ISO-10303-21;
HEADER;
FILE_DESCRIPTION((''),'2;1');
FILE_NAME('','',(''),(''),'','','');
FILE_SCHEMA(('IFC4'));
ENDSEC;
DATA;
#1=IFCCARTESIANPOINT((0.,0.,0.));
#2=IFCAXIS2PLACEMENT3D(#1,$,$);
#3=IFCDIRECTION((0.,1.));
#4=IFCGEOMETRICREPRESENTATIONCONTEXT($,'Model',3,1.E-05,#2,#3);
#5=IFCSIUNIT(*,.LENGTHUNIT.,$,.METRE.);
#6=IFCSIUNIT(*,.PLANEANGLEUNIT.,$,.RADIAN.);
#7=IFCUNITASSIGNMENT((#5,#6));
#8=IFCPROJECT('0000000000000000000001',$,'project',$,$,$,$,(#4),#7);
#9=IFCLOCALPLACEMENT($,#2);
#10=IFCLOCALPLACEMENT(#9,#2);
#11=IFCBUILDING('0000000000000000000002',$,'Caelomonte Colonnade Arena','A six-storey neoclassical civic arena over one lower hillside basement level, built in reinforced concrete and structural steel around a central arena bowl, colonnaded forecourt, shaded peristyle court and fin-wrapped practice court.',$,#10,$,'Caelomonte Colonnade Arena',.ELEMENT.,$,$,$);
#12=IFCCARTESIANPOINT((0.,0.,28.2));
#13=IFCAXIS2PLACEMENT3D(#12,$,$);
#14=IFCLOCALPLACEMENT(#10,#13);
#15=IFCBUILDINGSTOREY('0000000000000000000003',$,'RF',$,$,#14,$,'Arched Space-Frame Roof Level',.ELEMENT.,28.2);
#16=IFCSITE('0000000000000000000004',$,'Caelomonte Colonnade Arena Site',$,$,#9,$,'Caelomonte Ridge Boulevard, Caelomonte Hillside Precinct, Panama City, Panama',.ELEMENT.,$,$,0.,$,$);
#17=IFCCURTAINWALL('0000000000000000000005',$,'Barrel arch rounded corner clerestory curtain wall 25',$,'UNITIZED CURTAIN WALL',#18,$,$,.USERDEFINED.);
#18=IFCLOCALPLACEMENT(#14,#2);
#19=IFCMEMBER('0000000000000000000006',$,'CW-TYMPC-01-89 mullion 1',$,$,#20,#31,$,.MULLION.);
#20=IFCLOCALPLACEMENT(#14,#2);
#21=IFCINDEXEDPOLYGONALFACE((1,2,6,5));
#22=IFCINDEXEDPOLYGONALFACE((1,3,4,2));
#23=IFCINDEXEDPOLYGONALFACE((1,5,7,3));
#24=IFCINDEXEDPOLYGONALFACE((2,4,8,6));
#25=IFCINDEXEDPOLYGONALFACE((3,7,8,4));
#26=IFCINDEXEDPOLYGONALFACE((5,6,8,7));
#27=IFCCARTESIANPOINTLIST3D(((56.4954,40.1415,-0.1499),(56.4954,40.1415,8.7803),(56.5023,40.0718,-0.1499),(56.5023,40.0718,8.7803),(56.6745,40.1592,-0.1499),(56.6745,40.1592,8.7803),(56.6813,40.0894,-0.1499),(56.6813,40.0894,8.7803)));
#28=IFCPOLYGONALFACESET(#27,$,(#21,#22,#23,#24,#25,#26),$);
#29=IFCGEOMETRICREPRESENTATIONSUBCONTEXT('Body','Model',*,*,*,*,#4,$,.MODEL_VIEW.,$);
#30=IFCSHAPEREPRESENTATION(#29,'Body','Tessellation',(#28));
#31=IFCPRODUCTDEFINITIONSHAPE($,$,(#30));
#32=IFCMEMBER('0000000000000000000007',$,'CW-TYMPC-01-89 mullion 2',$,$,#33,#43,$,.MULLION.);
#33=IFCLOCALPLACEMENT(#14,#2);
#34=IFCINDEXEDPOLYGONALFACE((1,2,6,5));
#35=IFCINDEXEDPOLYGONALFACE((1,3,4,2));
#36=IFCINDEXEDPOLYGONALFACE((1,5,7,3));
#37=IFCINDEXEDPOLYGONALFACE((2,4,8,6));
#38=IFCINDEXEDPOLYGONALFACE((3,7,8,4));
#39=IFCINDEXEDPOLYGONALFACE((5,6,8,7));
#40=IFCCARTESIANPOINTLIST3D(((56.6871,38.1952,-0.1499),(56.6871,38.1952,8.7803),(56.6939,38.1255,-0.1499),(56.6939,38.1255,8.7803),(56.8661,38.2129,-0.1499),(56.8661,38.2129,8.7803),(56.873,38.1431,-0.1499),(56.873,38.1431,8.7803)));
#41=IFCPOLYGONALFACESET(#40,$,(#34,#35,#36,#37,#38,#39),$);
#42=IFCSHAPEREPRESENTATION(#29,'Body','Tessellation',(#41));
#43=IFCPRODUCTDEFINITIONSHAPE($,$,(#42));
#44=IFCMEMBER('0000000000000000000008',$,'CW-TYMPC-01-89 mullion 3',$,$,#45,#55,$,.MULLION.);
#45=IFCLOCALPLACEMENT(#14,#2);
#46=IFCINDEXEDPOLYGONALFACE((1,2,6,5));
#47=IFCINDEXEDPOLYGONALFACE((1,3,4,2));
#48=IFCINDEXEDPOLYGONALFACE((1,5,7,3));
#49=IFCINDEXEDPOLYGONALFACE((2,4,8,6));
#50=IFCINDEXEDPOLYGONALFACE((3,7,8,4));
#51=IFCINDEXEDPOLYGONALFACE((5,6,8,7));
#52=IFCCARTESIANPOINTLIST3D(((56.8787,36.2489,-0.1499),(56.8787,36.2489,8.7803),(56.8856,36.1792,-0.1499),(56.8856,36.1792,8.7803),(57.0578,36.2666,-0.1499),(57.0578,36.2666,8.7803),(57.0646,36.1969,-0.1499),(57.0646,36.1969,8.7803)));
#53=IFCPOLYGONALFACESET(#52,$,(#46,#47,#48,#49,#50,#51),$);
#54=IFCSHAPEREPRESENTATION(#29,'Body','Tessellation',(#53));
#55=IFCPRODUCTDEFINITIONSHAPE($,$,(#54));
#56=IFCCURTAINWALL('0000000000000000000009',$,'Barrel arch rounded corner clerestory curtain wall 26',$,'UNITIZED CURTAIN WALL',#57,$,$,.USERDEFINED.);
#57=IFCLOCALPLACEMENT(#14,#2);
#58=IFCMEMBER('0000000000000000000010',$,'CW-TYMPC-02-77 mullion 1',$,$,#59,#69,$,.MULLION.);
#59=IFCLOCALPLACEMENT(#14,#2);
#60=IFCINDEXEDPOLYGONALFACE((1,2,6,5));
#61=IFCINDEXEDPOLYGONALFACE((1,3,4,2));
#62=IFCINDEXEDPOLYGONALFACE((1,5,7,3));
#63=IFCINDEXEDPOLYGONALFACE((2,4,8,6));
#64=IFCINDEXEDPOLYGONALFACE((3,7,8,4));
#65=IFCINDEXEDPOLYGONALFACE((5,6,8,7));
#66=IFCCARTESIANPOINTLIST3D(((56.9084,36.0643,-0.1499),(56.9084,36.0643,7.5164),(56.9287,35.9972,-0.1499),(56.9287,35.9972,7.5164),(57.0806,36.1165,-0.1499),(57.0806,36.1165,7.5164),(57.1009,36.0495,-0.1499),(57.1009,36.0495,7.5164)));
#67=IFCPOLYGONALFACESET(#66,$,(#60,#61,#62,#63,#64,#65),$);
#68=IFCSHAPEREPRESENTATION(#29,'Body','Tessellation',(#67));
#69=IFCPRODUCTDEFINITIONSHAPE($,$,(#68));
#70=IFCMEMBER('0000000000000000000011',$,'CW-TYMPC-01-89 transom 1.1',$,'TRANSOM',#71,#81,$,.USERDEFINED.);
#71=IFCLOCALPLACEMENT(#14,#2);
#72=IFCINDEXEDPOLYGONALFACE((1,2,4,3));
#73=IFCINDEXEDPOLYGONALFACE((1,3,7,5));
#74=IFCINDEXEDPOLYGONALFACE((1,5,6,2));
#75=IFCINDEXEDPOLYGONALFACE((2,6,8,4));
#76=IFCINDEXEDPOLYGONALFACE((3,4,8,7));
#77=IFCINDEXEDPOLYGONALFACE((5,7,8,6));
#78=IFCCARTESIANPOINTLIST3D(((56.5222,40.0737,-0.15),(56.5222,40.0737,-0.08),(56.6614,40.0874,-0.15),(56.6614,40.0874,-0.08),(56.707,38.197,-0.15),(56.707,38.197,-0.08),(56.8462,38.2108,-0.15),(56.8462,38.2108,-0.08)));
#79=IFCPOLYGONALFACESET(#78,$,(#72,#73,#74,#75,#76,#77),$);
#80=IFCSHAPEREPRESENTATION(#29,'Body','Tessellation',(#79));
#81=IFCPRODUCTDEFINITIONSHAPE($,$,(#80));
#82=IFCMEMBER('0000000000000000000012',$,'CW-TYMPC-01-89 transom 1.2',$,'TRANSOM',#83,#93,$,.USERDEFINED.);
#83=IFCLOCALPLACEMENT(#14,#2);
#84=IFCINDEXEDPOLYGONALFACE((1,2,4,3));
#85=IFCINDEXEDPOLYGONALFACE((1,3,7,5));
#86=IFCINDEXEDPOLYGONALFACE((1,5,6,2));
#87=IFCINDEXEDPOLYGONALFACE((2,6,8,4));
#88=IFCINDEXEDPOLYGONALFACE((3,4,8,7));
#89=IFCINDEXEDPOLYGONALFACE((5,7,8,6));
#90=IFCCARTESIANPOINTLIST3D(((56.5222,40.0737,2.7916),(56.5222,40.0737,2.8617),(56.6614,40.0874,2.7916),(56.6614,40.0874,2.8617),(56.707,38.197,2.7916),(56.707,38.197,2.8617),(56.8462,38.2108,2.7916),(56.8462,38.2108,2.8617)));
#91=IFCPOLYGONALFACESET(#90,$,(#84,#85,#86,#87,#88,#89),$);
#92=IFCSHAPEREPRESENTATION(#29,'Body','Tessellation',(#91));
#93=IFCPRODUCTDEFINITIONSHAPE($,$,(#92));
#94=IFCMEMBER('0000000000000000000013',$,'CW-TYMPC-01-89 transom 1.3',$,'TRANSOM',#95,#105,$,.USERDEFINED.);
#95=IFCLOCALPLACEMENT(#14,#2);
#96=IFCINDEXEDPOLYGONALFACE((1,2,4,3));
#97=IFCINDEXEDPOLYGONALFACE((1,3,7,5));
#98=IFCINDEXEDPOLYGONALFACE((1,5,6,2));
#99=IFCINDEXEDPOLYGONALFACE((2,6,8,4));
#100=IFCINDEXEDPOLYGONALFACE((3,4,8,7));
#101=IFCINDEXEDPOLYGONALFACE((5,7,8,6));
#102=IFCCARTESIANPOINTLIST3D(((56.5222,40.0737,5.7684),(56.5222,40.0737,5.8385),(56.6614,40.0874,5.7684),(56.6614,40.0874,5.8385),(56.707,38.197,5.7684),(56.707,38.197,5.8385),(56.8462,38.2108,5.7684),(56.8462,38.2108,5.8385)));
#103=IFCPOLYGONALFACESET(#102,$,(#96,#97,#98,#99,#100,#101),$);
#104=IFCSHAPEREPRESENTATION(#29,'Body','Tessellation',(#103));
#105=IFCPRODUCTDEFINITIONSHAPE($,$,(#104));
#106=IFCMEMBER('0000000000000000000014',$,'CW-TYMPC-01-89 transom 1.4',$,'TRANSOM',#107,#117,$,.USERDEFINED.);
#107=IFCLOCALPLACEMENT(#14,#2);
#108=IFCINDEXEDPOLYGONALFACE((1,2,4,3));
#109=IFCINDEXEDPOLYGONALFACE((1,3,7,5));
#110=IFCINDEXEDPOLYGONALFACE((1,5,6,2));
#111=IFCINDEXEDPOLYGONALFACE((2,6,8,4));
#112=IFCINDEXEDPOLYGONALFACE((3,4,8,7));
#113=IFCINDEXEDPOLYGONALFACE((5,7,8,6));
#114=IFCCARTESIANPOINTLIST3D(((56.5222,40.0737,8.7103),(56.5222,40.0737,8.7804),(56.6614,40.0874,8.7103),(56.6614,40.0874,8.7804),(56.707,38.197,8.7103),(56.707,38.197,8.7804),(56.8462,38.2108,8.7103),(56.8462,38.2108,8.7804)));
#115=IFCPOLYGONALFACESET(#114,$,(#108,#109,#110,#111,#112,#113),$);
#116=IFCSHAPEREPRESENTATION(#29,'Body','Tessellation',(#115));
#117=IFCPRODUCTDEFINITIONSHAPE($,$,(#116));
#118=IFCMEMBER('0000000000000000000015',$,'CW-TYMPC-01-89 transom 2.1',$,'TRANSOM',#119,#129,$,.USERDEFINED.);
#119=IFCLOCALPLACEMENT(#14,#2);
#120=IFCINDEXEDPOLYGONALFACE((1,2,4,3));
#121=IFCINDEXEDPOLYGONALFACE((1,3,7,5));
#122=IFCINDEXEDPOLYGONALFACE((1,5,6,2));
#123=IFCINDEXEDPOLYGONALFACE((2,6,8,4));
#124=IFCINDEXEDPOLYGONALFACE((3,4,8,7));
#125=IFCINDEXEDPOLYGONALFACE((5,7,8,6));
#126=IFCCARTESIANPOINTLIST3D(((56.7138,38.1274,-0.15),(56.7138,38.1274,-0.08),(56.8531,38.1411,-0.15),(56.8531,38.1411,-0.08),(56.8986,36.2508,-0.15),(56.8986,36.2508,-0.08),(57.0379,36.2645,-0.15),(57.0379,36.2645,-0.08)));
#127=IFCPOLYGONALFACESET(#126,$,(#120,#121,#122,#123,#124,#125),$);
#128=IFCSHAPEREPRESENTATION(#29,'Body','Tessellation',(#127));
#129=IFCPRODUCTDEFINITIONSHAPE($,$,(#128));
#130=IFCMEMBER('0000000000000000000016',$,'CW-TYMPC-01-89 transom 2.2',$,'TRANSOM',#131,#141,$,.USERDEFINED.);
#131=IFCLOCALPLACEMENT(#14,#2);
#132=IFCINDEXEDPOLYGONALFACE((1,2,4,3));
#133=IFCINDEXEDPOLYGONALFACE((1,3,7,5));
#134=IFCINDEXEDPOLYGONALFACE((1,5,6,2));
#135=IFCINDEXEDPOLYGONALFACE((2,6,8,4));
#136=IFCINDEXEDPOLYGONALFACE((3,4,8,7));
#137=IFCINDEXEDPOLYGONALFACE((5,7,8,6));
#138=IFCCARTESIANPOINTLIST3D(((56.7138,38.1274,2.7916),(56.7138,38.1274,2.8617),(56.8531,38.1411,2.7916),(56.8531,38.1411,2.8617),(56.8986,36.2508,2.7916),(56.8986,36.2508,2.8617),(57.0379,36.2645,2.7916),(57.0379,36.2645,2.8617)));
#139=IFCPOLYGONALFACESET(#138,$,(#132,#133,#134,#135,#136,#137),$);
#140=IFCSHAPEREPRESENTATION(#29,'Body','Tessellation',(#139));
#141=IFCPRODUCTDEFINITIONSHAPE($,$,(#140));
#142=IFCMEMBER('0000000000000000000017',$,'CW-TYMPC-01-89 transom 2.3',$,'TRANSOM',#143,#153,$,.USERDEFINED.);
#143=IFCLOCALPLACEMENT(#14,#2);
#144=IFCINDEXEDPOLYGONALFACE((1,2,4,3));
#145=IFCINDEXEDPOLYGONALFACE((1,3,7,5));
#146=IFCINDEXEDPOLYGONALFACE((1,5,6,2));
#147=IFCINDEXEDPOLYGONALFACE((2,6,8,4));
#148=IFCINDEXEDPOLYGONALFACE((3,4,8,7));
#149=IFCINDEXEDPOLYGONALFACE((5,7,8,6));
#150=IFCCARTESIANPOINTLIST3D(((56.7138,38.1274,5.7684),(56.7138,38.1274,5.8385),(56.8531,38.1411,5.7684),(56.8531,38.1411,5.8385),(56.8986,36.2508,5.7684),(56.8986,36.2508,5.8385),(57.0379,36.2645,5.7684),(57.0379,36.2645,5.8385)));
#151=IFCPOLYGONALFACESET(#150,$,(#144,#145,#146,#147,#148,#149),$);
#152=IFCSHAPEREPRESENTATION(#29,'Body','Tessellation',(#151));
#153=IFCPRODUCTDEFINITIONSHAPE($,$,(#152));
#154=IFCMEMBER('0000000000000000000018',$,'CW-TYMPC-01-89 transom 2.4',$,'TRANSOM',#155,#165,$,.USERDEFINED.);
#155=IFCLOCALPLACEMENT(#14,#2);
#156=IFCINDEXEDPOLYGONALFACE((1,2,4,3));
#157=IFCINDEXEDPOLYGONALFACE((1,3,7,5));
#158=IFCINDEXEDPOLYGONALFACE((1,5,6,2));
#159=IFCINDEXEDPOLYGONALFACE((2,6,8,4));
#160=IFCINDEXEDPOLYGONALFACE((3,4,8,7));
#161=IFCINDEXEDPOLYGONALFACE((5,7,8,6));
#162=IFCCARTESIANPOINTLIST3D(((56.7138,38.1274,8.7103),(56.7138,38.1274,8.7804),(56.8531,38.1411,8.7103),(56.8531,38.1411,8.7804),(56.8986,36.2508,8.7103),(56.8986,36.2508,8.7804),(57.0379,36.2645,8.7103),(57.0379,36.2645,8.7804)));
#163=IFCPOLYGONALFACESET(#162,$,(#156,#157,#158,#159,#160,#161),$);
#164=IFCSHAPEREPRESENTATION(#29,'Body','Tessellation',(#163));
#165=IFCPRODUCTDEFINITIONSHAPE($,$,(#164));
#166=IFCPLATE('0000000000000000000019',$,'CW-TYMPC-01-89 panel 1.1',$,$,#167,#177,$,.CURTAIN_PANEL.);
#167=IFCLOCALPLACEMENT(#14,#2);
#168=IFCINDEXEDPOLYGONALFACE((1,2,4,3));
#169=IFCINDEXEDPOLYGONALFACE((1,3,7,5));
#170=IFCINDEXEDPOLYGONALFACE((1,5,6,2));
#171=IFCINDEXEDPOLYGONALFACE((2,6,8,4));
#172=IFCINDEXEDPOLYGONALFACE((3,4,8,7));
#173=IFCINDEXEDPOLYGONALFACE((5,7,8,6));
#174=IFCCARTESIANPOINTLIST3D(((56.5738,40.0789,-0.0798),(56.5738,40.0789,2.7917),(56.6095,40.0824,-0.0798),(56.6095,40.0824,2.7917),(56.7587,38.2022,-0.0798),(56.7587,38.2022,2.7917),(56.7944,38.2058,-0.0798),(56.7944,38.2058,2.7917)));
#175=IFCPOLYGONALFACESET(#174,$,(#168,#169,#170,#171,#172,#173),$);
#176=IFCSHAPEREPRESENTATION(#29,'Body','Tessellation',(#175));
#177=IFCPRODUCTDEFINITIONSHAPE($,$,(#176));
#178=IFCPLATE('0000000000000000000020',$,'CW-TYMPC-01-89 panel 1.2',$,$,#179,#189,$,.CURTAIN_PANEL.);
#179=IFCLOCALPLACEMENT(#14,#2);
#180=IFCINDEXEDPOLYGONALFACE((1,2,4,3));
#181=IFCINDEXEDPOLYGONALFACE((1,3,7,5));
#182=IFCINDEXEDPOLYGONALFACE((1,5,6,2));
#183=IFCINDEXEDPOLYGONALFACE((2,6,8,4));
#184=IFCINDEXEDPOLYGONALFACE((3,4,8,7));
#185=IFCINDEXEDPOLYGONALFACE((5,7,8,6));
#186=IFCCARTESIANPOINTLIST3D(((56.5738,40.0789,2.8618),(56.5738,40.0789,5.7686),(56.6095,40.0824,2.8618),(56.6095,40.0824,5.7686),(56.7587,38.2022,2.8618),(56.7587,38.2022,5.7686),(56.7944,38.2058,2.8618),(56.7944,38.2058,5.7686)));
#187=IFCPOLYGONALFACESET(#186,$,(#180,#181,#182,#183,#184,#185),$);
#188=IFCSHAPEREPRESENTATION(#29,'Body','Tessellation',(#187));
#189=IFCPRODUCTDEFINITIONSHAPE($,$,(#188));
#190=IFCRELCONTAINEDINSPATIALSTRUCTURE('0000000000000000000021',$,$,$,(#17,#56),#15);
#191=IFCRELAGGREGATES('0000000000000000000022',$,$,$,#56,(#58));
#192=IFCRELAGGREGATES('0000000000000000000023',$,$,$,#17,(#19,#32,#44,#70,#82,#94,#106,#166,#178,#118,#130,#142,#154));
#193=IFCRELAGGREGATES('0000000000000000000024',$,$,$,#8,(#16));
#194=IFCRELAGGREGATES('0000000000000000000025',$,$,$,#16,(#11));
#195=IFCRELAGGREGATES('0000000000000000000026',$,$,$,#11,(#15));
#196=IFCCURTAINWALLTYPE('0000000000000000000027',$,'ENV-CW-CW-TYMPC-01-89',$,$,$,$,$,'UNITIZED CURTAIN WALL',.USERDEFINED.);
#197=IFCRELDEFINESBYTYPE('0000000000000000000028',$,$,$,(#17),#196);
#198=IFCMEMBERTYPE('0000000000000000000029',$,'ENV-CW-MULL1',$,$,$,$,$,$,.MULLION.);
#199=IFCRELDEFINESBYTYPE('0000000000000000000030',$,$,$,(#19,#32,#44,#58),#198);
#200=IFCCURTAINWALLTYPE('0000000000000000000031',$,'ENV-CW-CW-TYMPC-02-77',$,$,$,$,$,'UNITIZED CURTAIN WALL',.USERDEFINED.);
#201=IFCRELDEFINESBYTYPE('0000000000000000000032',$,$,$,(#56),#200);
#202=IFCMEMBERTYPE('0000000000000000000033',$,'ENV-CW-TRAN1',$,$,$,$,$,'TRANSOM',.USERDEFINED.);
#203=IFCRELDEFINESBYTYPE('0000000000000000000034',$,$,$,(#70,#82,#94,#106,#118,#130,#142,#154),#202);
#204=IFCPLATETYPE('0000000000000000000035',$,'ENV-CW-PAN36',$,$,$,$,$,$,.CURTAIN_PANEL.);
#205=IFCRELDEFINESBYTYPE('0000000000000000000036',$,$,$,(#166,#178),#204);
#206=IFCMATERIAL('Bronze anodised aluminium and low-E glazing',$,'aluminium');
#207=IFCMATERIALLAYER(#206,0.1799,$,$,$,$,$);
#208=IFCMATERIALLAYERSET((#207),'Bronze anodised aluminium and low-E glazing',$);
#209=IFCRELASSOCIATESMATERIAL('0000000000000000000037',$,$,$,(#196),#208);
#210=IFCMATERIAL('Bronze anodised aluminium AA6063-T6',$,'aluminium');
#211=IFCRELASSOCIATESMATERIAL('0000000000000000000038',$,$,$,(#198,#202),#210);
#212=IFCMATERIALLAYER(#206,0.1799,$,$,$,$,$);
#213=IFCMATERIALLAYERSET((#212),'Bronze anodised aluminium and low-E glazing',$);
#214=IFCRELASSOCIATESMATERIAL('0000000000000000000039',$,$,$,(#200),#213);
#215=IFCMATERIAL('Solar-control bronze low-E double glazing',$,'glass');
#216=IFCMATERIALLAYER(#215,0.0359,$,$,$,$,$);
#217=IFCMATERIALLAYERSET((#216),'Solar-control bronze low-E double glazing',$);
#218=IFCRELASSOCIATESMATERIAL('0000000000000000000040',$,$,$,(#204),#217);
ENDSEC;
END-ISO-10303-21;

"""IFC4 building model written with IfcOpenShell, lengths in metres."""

from ifc_helpers import new_model, si_unit, direction, frame, origin, origin_2d, place, context, subcontext, project, spatial, rectangle, extrude, material, layer, layer_set, material_profile, profile_set, type_object, element, aggregate, save


model = new_model("IFC4")

# Units and contexts
model_context = context("Model", 3, precision=1e-05, world=origin(), true_north=direction((0.0, 1.0)))
body_context = subcontext(model_context, "Body", "Model", "MODEL_VIEW")
ifc_project = project(units=[si_unit("LENGTHUNIT", "METRE"), si_unit("PLANEANGLEUNIT", "RADIAN")], contexts=[model_context])

# Site, building, storey
site_placement = place(None, origin())
site = spatial("IfcSite", under=ifc_project, at=site_placement, Name="Caelomonte Colonnade Arena Site", LongName="Caelomonte Ridge Boulevard, Caelomonte Hillside Precinct, Panama City, Panama", CompositionType="ELEMENT", RefElevation=0.0)
building_placement = place(site_placement, origin())
building = spatial("IfcBuilding", under=site, at=building_placement, Name="Caelomonte Colonnade Arena", Description="A six-storey neoclassical civic arena over one lower hillside basement level, built in reinforced concrete and structural steel around a central arena bowl, colonnaded forecourt, shaded peristyle court and fin-wrapped practice court.", LongName="Caelomonte Colonnade Arena", CompositionType="ELEMENT")
storey_placement = place(building_placement, frame((0.0, 0.0, 28.2)))
storey = spatial("IfcBuildingStorey", under=building, at=storey_placement, Name="RF", LongName="Arched Space-Frame Roof Level", CompositionType="ELEMENT", Elevation=28.2)

# Curtain wall, members
ifc_material_1 = material(Name="Bronze anodised aluminium and low-E glazing", Category="aluminium")
ifc_layer_1 = layer(ifc_material_1, 0.1799)
ifc_layer_set_1 = layer_set([ifc_layer_1], Name="Bronze anodised aluminium and low-E glazing")
curtain_wall_type_1 = type_object("IfcCurtainWallType", Name="ENV-CW-CW-TYMPC-01-89", ElementType="UNITIZED CURTAIN WALL", PredefinedType="USERDEFINED", material=ifc_layer_set_1)
curtain_wall_1_placement = place(storey_placement, origin())
curtain_wall_1 = element("IfcCurtainWall", 1, at=curtain_wall_1_placement, inside=storey, type_object=curtain_wall_type_1, Name="Barrel arch rounded corner clerestory curtain wall 25", ObjectType="UNITIZED CURTAIN WALL", PredefinedType="USERDEFINED")
ifc_material_2 = material(Name="Bronze anodised aluminium AA6063-T6", Category="aluminium")
ifc_material_profile_1 = material_profile(ifc_material_2, rectangle(XDim=0.0701, YDim=0.1799, at=origin_2d()), Name="CWM-70X180")
ifc_profile_set_1 = profile_set([ifc_material_profile_1], Name="Bronze anodised aluminium AA6063-T6")
member_type_1 = type_object("IfcMemberType", Name="ENV-CW-MULL1", PredefinedType="MULLION", material=ifc_profile_set_1)
member_1_placement = place(storey_placement, frame((56.5884, 40.1155, -0.1499), z_axis=(0.0, 0.0, 1.0), x_axis=(0.098031, -0.995183, 0.0)))
member_1 = element("IfcMember", 2, at=member_1_placement, type_object=member_type_1, Name="CW-TYMPC-01-89 mullion 1", PredefinedType="MULLION", context=body_context, shape_type="SweptSolid", body=[
    extrude(rectangle(XDim=0.0701, YDim=0.1799, at=origin_2d()), origin(), (0.0, 0.0, 1.0), 8.9302),
])
member_2_placement = place(storey_placement, frame((56.78, 38.1692, -0.1499), z_axis=(0.0, 0.0, 1.0), x_axis=(0.098031, -0.995183, 0.0)))
member_2 = element("IfcMember", 3, at=member_2_placement, type_object=member_type_1, Name="CW-TYMPC-01-89 mullion 2", PredefinedType="MULLION", context=body_context, shape_type="SweptSolid", body=[
    extrude(rectangle(XDim=0.0701, YDim=0.1799, at=origin_2d()), origin(), (0.0, 0.0, 1.0), 8.9302),
])
member_3_placement = place(storey_placement, frame((56.9717, 36.2229, -0.1499), z_axis=(0.0, 0.0, 1.0), x_axis=(0.098031, -0.995183, 0.0)))
member_3 = element("IfcMember", 4, at=member_3_placement, type_object=member_type_1, Name="CW-TYMPC-01-89 mullion 3", PredefinedType="MULLION", context=body_context, shape_type="SweptSolid", body=[
    extrude(rectangle(XDim=0.0701, YDim=0.1799, at=origin_2d()), origin(), (0.0, 0.0, 1.0), 8.9302),
])

# Curtain wall, member
ifc_layer_2 = layer(ifc_material_1, 0.1799)
ifc_layer_set_2 = layer_set([ifc_layer_2], Name="Bronze anodised aluminium and low-E glazing")
curtain_wall_type_2 = type_object("IfcCurtainWallType", Name="ENV-CW-CW-TYMPC-02-77", ElementType="UNITIZED CURTAIN WALL", PredefinedType="USERDEFINED", material=ifc_layer_set_2)
curtain_wall_2_placement = place(storey_placement, origin())
curtain_wall_2 = element("IfcCurtainWall", 5, at=curtain_wall_2_placement, inside=storey, type_object=curtain_wall_type_2, Name="Barrel arch rounded corner clerestory curtain wall 26", ObjectType="UNITIZED CURTAIN WALL", PredefinedType="USERDEFINED")
member_4_placement = place(storey_placement, frame((57.0046, 36.0569, -0.1499), z_axis=(0.0, 0.0, 1.0), x_axis=(0.290266, -0.956946, 0.0)))
member_4 = element("IfcMember", 6, at=member_4_placement, type_object=member_type_1, Name="CW-TYMPC-02-77 mullion 1", PredefinedType="MULLION", context=body_context, shape_type="SweptSolid", body=[
    extrude(rectangle(XDim=0.0701, YDim=0.1799, at=origin_2d()), origin(), (0.0, 0.0, 1.0), 7.6663),
])
aggregate(curtain_wall_2, [member_4])

# Members
ifc_material_profile_2 = material_profile(ifc_material_2, rectangle(XDim=0.0701, YDim=0.1399, at=origin_2d()), Name="CWT-70X140")
ifc_profile_set_2 = profile_set([ifc_material_profile_2], Name="Bronze anodised aluminium AA6063-T6")
member_type_2 = type_object("IfcMemberType", Name="ENV-CW-TRAN1", ElementType="TRANSOM", PredefinedType="USERDEFINED", material=ifc_profile_set_2)
member_5_placement = place(storey_placement, frame((56.5918, 40.0806, -0.115), z_axis=(0.098004, -0.995186, 0.0), x_axis=(0.0, 0.0, 1.0)))
member_5 = element("IfcMember", 7, at=member_5_placement, type_object=member_type_2, Name="CW-TYMPC-01-89 transom 1.1", ObjectType="TRANSOM", PredefinedType="USERDEFINED", context=body_context, shape_type="SweptSolid", body=[
    extrude(rectangle(XDim=0.0701, YDim=0.1399, at=origin_2d()), origin(), (0.0, 0.0, 1.0), 1.8857),
])
member_6_placement = place(storey_placement, frame((56.5918, 40.0806, 2.8267), z_axis=(0.098004, -0.995186, 0.0), x_axis=(0.0, 0.0, 1.0)))
member_6 = element("IfcMember", 8, at=member_6_placement, type_object=member_type_2, Name="CW-TYMPC-01-89 transom 1.2", ObjectType="TRANSOM", PredefinedType="USERDEFINED", context=body_context, shape_type="SweptSolid", body=[
    extrude(rectangle(XDim=0.0701, YDim=0.1399, at=origin_2d()), origin(), (0.0, 0.0, 1.0), 1.8857),
])
member_7_placement = place(storey_placement, frame((56.5918, 40.0806, 5.8035), z_axis=(0.098004, -0.995186, 0.0), x_axis=(0.0, 0.0, 1.0)))
member_7 = element("IfcMember", 9, at=member_7_placement, type_object=member_type_2, Name="CW-TYMPC-01-89 transom 1.3", ObjectType="TRANSOM", PredefinedType="USERDEFINED", context=body_context, shape_type="SweptSolid", body=[
    extrude(rectangle(XDim=0.0701, YDim=0.1399, at=origin_2d()), origin(), (0.0, 0.0, 1.0), 1.8857),
])
member_8_placement = place(storey_placement, frame((56.5918, 40.0806, 8.7454), z_axis=(0.098004, -0.995186, 0.0), x_axis=(0.0, 0.0, 1.0)))
member_8 = element("IfcMember", 10, at=member_8_placement, type_object=member_type_2, Name="CW-TYMPC-01-89 transom 1.4", ObjectType="TRANSOM", PredefinedType="USERDEFINED", context=body_context, shape_type="SweptSolid", body=[
    extrude(rectangle(XDim=0.0701, YDim=0.1399, at=origin_2d()), origin(), (0.0, 0.0, 1.0), 1.8857),
])
member_9_placement = place(storey_placement, frame((56.7834, 38.1343, -0.115), z_axis=(0.098004, -0.995186, 0.0), x_axis=(0.0, 0.0, 1.0)))
member_9 = element("IfcMember", 11, at=member_9_placement, type_object=member_type_2, Name="CW-TYMPC-01-89 transom 2.1", ObjectType="TRANSOM", PredefinedType="USERDEFINED", context=body_context, shape_type="SweptSolid", body=[
    extrude(rectangle(XDim=0.0701, YDim=0.1399, at=origin_2d()), origin(), (0.0, 0.0, 1.0), 1.8857),
])
member_10_placement = place(storey_placement, frame((56.7834, 38.1343, 2.8267), z_axis=(0.098004, -0.995186, 0.0), x_axis=(0.0, 0.0, 1.0)))
member_10 = element("IfcMember", 12, at=member_10_placement, type_object=member_type_2, Name="CW-TYMPC-01-89 transom 2.2", ObjectType="TRANSOM", PredefinedType="USERDEFINED", context=body_context, shape_type="SweptSolid", body=[
    extrude(rectangle(XDim=0.0701, YDim=0.1399, at=origin_2d()), origin(), (0.0, 0.0, 1.0), 1.8857),
])
member_11_placement = place(storey_placement, frame((56.7834, 38.1343, 5.8035), z_axis=(0.098004, -0.995186, 0.0), x_axis=(0.0, 0.0, 1.0)))
member_11 = element("IfcMember", 13, at=member_11_placement, type_object=member_type_2, Name="CW-TYMPC-01-89 transom 2.3", ObjectType="TRANSOM", PredefinedType="USERDEFINED", context=body_context, shape_type="SweptSolid", body=[
    extrude(rectangle(XDim=0.0701, YDim=0.1399, at=origin_2d()), origin(), (0.0, 0.0, 1.0), 1.8857),
])
member_12_placement = place(storey_placement, frame((56.7834, 38.1343, 8.7454), z_axis=(0.098004, -0.995186, 0.0), x_axis=(0.0, 0.0, 1.0)))
member_12 = element("IfcMember", 14, at=member_12_placement, type_object=member_type_2, Name="CW-TYMPC-01-89 transom 2.4", ObjectType="TRANSOM", PredefinedType="USERDEFINED", context=body_context, shape_type="SweptSolid", body=[
    extrude(rectangle(XDim=0.0701, YDim=0.1399, at=origin_2d()), origin(), (0.0, 0.0, 1.0), 1.8857),
])

# Plates
ifc_material_3 = material(Name="Solar-control bronze low-E double glazing", Category="glass")
ifc_layer_3 = layer(ifc_material_3, 0.0359)
ifc_layer_set_3 = layer_set([ifc_layer_3], Name="Solar-control bronze low-E double glazing")
plate_type = type_object("IfcPlateType", Name="ENV-CW-PAN36", PredefinedType="CURTAIN_PANEL", material=ifc_layer_set_3)
plate_1_placement = place(storey_placement, frame((56.6841, 39.1423, -0.0798), z_axis=(0.0, 0.0, 1.0), x_axis=(0.098031, -0.995183, 0.0)))
plate_1 = element("IfcPlate", 15, at=plate_1_placement, type_object=plate_type, Name="CW-TYMPC-01-89 panel 1.1", PredefinedType="CURTAIN_PANEL", context=body_context, shape_type="SweptSolid", body=[
    extrude(rectangle(XDim=1.8857, YDim=0.0359, at=origin_2d()), origin(), (0.0, 0.0, 1.0), 2.8716),
])
plate_2_placement = place(storey_placement, frame((56.6841, 39.1423, 2.8618), z_axis=(0.0, 0.0, 1.0), x_axis=(0.098031, -0.995183, 0.0)))
plate_2 = element("IfcPlate", 16, at=plate_2_placement, type_object=plate_type, Name="CW-TYMPC-01-89 panel 1.2", PredefinedType="CURTAIN_PANEL", context=body_context, shape_type="SweptSolid", body=[
    extrude(rectangle(XDim=1.8857, YDim=0.0359, at=origin_2d()), origin(), (0.0, 0.0, 1.0), 2.9067),
])
aggregate(curtain_wall_1, [member_1, member_2, member_3, member_5, member_6, member_7, member_8, plate_1, plate_2, member_9, member_10, member_11, member_12])

save(model, "model.ifc")
